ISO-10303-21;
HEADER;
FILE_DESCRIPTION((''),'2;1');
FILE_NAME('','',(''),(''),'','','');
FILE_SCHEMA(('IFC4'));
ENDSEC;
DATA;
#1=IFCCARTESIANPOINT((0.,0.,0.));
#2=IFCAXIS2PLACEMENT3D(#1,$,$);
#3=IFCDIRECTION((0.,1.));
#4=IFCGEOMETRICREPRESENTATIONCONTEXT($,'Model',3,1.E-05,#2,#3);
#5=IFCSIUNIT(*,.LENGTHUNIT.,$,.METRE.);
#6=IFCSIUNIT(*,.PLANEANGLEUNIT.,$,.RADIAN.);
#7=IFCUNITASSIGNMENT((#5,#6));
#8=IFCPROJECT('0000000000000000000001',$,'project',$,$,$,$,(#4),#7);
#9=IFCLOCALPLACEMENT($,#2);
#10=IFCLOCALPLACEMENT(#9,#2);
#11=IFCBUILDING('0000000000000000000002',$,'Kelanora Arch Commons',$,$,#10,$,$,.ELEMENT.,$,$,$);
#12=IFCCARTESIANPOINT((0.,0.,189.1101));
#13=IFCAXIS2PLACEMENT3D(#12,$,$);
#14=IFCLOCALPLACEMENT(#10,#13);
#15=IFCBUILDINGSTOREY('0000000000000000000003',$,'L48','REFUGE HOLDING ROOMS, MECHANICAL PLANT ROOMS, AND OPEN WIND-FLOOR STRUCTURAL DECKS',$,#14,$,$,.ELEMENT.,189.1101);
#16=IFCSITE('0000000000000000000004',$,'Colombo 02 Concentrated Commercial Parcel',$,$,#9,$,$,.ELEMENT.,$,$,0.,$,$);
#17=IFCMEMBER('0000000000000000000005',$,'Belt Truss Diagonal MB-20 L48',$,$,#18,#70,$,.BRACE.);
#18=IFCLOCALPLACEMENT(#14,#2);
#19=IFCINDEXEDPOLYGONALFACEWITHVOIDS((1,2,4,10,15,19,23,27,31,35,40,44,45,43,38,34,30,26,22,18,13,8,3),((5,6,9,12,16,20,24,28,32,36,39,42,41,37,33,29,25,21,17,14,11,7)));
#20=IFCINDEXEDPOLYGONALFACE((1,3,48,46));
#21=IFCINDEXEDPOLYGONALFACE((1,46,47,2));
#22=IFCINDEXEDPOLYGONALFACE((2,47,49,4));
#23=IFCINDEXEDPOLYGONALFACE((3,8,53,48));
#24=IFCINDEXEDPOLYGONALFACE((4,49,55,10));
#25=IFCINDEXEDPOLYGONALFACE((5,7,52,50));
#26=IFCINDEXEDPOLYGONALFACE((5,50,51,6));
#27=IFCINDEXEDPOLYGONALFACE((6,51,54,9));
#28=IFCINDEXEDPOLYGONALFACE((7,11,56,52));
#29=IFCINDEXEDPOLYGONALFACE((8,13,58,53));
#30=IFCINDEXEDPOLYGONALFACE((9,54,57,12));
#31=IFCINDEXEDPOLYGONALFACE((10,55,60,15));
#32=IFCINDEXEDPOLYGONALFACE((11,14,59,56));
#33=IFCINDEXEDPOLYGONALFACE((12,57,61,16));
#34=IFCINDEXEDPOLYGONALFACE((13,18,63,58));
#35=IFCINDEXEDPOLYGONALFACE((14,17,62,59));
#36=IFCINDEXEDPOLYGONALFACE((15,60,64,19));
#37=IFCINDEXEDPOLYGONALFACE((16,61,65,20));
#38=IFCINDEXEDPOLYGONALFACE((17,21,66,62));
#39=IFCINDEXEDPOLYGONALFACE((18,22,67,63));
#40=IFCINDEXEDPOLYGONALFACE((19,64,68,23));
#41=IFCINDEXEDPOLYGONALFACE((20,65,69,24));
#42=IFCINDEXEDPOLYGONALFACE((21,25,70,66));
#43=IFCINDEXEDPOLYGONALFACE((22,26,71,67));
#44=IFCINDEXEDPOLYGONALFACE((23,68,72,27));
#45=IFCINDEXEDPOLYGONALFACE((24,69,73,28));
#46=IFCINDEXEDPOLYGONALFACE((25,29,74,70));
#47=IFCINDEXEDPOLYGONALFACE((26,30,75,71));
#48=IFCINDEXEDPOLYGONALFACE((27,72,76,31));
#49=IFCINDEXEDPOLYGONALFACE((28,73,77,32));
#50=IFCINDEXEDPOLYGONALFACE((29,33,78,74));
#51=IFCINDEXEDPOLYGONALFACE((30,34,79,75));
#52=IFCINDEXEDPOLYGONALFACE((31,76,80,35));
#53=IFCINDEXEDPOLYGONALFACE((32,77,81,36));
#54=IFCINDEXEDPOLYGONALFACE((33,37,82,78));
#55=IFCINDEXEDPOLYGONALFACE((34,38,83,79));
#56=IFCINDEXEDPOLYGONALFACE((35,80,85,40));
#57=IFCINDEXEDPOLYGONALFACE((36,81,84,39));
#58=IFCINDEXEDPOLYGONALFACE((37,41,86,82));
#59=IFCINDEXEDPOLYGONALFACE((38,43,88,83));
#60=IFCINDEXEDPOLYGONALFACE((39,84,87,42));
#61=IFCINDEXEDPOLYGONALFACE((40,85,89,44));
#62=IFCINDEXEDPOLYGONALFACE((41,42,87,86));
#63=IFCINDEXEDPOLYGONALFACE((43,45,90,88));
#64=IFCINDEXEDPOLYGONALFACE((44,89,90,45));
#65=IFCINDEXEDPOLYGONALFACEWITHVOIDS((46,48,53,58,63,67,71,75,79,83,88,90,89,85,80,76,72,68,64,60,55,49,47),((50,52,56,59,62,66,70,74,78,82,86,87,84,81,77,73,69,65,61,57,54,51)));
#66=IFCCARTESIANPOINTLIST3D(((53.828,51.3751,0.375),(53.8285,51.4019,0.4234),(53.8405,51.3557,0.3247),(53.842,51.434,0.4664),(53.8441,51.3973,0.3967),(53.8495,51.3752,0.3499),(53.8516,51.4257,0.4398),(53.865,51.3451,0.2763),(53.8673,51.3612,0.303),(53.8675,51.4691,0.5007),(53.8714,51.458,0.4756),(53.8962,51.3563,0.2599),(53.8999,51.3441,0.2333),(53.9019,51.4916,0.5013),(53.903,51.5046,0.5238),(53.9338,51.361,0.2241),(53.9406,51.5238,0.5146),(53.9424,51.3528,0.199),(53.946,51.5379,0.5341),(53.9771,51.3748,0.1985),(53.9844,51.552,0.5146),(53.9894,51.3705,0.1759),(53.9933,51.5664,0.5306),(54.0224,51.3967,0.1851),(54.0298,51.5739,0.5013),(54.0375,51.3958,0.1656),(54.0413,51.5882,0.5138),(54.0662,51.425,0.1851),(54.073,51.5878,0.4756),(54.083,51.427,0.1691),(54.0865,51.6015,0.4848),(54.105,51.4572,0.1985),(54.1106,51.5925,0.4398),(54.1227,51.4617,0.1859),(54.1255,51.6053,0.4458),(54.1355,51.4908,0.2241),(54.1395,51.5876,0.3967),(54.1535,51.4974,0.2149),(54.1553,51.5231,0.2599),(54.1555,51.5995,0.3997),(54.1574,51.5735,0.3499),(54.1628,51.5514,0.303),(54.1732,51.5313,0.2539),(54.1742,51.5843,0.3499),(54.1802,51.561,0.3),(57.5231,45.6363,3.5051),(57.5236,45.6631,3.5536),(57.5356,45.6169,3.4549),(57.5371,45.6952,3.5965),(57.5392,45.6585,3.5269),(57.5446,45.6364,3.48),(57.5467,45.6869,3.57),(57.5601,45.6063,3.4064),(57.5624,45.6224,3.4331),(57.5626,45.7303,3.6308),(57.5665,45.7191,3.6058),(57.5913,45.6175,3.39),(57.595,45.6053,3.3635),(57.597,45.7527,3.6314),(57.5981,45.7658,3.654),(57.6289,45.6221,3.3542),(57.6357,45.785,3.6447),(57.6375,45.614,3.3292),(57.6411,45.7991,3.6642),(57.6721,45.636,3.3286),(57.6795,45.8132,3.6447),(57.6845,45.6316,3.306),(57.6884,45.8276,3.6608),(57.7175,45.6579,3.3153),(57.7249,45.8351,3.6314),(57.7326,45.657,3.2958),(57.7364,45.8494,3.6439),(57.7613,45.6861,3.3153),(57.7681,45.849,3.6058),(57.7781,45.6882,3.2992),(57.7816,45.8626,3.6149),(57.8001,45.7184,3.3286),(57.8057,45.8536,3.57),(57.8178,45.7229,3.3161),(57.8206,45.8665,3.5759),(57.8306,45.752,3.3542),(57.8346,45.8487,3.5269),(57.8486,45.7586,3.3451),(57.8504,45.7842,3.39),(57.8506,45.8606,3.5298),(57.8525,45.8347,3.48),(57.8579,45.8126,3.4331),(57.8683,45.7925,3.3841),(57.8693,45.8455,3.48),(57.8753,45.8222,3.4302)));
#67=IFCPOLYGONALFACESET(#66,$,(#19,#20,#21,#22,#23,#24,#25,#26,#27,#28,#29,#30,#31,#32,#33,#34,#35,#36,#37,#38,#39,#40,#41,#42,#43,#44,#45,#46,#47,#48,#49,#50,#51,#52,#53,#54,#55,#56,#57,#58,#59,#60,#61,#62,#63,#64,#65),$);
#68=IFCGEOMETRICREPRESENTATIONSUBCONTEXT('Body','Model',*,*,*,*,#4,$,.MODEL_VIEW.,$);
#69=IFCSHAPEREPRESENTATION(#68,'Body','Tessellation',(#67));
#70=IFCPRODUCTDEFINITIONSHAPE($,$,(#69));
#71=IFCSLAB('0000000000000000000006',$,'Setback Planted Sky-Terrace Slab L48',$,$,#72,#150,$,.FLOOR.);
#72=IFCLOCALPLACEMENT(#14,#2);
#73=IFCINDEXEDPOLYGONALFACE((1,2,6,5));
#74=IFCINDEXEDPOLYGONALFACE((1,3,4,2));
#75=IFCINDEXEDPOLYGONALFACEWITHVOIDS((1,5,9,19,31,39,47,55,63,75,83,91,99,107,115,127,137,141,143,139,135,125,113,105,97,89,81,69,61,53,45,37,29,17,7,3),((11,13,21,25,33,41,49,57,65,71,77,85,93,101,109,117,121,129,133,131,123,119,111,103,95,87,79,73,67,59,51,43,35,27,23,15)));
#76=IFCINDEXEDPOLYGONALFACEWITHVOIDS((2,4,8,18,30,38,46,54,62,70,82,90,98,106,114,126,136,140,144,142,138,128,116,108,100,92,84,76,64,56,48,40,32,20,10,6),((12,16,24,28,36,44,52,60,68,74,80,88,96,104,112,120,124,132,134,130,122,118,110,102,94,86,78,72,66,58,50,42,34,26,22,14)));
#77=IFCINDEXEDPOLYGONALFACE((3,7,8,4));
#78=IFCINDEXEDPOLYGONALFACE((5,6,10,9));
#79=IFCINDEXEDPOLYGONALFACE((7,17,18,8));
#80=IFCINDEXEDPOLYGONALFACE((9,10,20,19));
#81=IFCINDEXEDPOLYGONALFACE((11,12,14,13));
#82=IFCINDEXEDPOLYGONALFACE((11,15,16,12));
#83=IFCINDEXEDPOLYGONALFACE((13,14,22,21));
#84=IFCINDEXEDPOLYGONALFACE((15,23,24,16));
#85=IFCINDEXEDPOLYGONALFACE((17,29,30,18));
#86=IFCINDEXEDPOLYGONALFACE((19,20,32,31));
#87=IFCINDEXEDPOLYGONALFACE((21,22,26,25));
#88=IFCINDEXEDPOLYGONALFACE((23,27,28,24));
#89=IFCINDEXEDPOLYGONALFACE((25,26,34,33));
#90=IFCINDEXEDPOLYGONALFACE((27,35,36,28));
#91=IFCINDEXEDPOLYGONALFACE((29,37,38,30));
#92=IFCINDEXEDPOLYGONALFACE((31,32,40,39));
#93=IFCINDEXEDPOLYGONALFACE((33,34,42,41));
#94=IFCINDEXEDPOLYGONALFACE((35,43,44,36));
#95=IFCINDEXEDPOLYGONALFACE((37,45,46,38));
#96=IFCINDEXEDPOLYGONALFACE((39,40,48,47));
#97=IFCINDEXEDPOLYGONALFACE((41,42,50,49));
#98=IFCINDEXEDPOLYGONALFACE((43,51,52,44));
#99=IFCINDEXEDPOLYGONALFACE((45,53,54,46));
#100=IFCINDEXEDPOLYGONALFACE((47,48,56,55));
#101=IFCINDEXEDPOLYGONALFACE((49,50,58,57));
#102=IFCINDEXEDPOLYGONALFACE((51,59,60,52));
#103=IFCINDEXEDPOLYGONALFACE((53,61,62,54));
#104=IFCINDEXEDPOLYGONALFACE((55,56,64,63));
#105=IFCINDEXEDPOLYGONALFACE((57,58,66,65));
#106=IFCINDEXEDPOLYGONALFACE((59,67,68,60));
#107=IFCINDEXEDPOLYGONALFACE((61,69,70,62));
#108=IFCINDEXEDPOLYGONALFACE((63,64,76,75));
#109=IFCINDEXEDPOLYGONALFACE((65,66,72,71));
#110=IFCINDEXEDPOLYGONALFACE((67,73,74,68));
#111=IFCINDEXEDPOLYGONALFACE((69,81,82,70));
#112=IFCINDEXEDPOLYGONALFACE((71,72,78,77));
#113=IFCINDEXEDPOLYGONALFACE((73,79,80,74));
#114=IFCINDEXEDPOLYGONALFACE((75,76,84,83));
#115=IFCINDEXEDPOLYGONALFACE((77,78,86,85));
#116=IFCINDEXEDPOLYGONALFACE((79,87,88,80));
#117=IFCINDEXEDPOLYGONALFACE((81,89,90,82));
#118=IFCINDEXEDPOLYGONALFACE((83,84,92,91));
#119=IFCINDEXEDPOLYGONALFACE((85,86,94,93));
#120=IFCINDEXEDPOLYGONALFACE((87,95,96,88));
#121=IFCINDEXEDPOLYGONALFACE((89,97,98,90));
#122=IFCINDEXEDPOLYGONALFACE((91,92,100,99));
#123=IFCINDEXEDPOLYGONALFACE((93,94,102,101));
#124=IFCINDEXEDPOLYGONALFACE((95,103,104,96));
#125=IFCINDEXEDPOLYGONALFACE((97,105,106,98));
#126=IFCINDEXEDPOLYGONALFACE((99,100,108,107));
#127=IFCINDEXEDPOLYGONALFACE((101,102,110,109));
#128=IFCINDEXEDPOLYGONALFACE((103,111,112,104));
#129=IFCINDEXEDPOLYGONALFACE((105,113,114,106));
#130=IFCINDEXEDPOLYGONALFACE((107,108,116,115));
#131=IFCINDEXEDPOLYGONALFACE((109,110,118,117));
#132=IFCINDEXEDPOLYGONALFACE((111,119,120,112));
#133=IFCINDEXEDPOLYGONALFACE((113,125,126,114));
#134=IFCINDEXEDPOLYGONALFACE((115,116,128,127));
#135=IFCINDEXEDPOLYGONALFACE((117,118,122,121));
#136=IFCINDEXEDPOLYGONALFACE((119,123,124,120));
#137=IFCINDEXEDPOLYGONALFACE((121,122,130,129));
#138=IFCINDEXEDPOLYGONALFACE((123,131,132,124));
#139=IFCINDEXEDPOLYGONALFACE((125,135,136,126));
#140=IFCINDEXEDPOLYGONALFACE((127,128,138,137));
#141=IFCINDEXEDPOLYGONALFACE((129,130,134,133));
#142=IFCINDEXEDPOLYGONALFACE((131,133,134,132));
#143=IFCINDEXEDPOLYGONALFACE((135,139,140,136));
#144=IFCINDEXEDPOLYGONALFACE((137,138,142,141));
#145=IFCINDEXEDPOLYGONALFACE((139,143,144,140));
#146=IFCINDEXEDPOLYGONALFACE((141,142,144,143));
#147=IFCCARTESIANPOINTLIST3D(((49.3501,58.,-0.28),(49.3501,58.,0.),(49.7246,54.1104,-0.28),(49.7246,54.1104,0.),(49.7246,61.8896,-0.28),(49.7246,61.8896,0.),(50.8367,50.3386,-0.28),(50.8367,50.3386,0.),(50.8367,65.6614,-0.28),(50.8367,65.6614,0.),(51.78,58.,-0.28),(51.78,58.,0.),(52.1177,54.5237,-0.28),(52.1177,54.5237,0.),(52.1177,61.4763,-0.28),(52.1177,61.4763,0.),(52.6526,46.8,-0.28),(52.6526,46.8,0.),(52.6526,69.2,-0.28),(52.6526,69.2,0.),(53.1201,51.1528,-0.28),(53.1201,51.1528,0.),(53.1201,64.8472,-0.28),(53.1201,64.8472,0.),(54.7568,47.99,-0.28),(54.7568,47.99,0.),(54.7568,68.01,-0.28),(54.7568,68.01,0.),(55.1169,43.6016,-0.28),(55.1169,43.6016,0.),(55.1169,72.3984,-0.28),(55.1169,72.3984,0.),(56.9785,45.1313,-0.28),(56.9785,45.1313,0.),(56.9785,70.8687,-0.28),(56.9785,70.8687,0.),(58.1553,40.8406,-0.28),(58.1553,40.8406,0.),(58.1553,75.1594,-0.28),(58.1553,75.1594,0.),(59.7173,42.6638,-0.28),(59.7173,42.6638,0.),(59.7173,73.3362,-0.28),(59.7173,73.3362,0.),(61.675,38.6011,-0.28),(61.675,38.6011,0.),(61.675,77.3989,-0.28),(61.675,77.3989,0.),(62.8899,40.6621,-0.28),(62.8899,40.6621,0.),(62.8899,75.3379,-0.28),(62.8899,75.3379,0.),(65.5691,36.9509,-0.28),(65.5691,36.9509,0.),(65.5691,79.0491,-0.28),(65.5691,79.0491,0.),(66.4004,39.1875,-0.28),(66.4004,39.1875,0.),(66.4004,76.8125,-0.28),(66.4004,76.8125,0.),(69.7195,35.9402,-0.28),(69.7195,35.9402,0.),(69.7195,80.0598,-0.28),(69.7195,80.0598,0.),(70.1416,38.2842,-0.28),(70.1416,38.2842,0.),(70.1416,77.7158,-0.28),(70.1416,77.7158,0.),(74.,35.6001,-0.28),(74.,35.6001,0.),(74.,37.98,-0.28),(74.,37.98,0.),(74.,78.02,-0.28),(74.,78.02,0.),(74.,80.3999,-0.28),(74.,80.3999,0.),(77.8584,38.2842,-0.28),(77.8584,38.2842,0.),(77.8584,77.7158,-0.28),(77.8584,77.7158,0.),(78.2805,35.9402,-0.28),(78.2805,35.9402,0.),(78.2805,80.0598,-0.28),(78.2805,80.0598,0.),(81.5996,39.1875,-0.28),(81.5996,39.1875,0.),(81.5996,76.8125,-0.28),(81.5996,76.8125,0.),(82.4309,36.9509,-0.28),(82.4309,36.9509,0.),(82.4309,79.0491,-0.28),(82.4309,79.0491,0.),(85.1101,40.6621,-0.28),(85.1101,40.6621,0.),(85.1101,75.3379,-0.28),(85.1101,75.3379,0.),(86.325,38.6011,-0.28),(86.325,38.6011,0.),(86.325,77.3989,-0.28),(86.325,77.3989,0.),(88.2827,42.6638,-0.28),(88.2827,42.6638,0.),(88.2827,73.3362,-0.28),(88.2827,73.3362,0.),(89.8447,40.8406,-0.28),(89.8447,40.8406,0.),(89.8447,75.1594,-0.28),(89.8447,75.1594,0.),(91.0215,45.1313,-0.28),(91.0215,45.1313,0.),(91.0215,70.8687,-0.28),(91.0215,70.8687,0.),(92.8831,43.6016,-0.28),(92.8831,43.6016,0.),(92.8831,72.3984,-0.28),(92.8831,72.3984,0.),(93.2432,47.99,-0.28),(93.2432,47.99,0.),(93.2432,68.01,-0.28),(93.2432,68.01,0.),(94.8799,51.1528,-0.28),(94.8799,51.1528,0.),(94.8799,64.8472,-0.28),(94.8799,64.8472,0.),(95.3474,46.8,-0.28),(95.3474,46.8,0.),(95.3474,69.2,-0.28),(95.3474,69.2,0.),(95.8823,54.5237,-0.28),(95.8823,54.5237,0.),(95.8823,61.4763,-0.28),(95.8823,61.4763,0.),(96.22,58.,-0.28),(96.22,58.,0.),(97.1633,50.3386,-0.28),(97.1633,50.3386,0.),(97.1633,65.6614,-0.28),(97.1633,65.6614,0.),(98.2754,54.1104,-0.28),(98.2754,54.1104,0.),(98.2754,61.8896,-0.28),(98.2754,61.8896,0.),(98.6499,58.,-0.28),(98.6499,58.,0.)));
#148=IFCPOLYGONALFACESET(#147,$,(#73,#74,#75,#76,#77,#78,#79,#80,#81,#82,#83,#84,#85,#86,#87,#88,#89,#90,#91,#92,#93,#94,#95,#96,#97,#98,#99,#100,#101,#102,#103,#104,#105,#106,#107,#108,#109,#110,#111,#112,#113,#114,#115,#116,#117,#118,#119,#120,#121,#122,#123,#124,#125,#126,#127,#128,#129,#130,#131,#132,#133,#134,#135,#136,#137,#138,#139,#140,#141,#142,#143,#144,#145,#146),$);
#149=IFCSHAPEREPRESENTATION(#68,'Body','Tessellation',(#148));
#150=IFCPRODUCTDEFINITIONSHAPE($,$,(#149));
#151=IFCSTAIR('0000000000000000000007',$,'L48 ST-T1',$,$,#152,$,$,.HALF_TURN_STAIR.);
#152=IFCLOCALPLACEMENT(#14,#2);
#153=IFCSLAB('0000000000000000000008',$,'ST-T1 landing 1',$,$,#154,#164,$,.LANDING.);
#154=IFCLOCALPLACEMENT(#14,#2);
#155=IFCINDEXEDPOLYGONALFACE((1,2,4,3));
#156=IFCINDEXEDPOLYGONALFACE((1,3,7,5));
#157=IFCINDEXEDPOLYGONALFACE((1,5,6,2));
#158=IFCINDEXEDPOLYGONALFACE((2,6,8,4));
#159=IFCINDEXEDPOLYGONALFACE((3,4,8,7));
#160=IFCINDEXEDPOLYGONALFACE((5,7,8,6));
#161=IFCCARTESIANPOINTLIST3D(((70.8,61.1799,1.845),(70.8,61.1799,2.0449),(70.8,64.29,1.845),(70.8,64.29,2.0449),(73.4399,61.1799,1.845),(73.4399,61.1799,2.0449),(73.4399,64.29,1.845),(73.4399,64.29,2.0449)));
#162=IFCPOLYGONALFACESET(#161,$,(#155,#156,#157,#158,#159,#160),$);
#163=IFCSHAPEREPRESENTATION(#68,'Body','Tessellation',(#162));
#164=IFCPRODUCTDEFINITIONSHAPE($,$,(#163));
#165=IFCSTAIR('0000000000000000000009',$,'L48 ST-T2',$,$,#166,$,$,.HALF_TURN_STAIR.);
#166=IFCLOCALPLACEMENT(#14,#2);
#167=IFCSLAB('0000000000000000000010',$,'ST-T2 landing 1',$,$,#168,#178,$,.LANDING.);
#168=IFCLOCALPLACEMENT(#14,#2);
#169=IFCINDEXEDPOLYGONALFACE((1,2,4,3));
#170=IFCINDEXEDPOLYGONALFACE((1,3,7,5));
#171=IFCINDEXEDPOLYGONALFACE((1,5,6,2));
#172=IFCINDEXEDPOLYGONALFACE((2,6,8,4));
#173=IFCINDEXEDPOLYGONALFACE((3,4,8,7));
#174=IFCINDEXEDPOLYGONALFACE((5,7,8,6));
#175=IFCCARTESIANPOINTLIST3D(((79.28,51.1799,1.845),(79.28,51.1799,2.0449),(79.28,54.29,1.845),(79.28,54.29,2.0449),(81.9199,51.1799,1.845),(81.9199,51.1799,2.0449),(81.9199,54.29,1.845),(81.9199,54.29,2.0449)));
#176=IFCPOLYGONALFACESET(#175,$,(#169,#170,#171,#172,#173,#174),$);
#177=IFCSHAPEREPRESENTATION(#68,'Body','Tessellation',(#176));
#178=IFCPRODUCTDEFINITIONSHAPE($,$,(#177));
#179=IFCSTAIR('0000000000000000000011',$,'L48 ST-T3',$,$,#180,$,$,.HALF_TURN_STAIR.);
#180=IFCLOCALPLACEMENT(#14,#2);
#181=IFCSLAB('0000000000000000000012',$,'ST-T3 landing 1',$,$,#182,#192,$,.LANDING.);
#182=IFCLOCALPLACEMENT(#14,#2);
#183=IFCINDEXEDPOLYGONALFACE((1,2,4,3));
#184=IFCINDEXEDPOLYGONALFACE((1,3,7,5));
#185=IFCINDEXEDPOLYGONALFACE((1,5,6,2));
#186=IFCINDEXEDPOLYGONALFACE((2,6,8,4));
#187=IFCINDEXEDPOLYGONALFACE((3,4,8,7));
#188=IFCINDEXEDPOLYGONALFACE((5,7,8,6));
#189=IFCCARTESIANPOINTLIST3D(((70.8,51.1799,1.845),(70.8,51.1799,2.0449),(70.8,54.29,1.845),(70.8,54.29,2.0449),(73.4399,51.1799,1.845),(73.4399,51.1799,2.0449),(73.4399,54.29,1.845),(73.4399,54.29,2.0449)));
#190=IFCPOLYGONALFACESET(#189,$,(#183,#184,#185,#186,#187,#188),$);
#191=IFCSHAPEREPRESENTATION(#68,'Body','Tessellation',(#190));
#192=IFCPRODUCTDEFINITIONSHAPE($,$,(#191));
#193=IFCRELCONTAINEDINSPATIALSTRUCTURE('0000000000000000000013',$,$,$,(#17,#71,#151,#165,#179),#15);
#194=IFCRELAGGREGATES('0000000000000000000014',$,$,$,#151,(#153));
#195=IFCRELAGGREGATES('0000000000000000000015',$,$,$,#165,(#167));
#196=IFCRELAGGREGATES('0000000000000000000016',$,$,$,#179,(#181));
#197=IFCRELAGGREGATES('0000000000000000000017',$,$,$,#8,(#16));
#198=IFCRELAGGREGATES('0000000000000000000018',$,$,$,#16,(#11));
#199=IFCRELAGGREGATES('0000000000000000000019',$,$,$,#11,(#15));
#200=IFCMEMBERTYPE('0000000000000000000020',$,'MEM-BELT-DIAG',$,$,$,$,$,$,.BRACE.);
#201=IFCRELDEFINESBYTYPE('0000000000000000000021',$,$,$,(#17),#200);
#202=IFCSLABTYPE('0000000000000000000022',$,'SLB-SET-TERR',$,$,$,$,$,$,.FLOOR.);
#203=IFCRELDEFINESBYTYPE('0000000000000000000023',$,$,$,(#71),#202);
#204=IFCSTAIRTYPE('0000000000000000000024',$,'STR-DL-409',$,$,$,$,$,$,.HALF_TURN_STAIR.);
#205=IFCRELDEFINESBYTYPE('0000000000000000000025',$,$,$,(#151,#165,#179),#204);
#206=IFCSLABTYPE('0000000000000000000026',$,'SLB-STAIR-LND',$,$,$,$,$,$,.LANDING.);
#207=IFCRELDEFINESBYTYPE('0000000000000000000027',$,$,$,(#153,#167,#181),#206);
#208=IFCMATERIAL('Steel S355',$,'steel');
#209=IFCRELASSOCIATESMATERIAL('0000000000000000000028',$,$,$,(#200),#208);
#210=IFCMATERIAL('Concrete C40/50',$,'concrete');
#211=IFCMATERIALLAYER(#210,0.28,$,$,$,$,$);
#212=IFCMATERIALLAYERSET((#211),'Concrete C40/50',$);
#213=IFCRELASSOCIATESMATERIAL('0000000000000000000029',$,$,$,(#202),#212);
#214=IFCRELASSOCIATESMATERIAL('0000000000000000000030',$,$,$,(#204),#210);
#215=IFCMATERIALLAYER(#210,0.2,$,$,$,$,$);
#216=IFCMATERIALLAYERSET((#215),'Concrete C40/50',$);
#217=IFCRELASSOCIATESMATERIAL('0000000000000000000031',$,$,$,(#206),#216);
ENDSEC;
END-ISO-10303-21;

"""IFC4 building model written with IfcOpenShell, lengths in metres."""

from ifc_helpers import new_model, si_unit, direction, frame, origin, origin_2d, place, context, subcontext, project, spatial, polyline, hollow_circle, outline, extrude, material, layer, layer_set, material_profile, profile_set, type_object, element, aggregate, save


model = new_model("IFC4")

# Units and contexts
model_context = context("Model", 3, precision=1e-05, world=origin(), true_north=direction((0.0, 1.0)))
body_context = subcontext(model_context, "Body", "Model", "MODEL_VIEW")
ifc_project = project(units=[si_unit("LENGTHUNIT", "METRE"), si_unit("PLANEANGLEUNIT", "RADIAN")], contexts=[model_context])

# Site, building, storey
site_placement = place(None, origin())
site = spatial("IfcSite", under=ifc_project, at=site_placement, Name="Colombo 02 Concentrated Commercial Parcel", CompositionType="ELEMENT", RefElevation=0.0)
building_placement = place(site_placement, origin())
building = spatial("IfcBuilding", under=site, at=building_placement, Name="Kelanora Arch Commons", CompositionType="ELEMENT")
storey_placement = place(building_placement, frame((0.0, 0.0, 189.1101)))
storey = spatial("IfcBuildingStorey", under=building, at=storey_placement, Name="L48", Description="REFUGE HOLDING ROOMS, MECHANICAL PLANT ROOMS, AND OPEN WIND-FLOOR STRUCTURAL DECKS", CompositionType="ELEMENT", Elevation=189.1101)

# Shared definitions
ifc_material_1 = material(Name="Steel S355", Category="steel")

# Member
ifc_material_profile_1 = material_profile(ifc_material_1, hollow_circle(Radius=0.2031, WallThickness=0.02, at=origin_2d()), Name="CHS406.4x20")
ifc_profile_set_1 = profile_set([ifc_material_profile_1], Name="Steel S355")
member_type = type_object("IfcMemberType", Name="MEM-BELT-DIAG", PredefinedType="BRACE", material=ifc_profile_set_1)
member_placement = place(storey_placement, frame((54.0034, 51.4744, 0.3499), z_axis=(0.492087, -0.764255, 0.416851), x_axis=(0.840788, 0.541365, 0.0)))
element("IfcMember", 1, at=member_placement, inside=storey, type_object=member_type, Name="Belt Truss Diagonal MB-20 L48", PredefinedType="BRACE", context=body_context, shape_type="SweptSolid", body=[
    extrude(hollow_circle(Radius=0.2031, WallThickness=0.02, at=origin_2d()), origin(), (0.0, 0.0, 1.0), 7.509),
])

# Slab
ifc_material_2 = material(Name="Concrete C40/50", Category="concrete")
ifc_layer_1 = layer(ifc_material_2, 0.28)
ifc_layer_set_1 = layer_set([ifc_layer_1], Name="Concrete C40/50")
slab_type_1 = type_object("IfcSlabType", Name="SLB-SET-TERR", PredefinedType="FLOOR", material=ifc_layer_set_1)
slab_1_placement = place(storey_placement, frame((0.0, 0.0, -0.28)))
element("IfcSlab", 2, at=slab_1_placement, inside=storey, type_object=slab_type_1, Name="Setback Planted Sky-Terrace Slab L48", PredefinedType="FLOOR", context=body_context, shape_type="SweptSolid", body=[
    extrude(outline(polyline([(98.6499, 58.0), (98.2754, 61.8896), (97.1633, 65.6614), (95.3474, 69.2), (92.8831, 72.3984), (89.8447, 75.1594), (86.325, 77.3989), (82.4309, 79.0491), (78.2805, 80.0598), (74.0, 80.3999), (69.7195, 80.0598), (65.5691, 79.0491), (61.675, 77.3989), (58.1553, 75.1594), (55.1169, 72.3984), (52.6526, 69.2), (50.8367, 65.6614), (49.7246, 61.8896), (49.3501, 58.0), (49.7246, 54.1104), (50.8367, 50.3386), (52.6526, 46.8), (55.1169, 43.6016), (58.1553, 40.8406), (61.675, 38.6011), (65.5691, 36.9509), (69.7195, 35.9402), (74.0, 35.6001), (78.2805, 35.9402), (82.4309, 36.9509), (86.325, 38.6011), (89.8447, 40.8406), (92.8831, 43.6016), (95.3474, 46.8), (97.1633, 50.3386), (98.2754, 54.1104), (98.6499, 58.0)]), holes=[polyline([(95.8823, 54.5237), (94.8799, 51.1528), (93.2432, 47.99), (91.0215, 45.1313), (88.2827, 42.6638), (85.1101, 40.6621), (81.5996, 39.1875), (77.8584, 38.2842), (74.0, 37.98), (70.1416, 38.2842), (66.4004, 39.1875), (62.8899, 40.6621), (59.7173, 42.6638), (56.9785, 45.1313), (54.7568, 47.99), (53.1201, 51.1528), (52.1177, 54.5237), (51.78, 58.0), (52.1177, 61.4763), (53.1201, 64.8472), (54.7568, 68.01), (56.9785, 70.8687), (59.7173, 73.3362), (62.8899, 75.3379), (66.4004, 76.8125), (70.1416, 77.7158), (74.0, 78.02), (77.8584, 77.7158), (81.5996, 76.8125), (85.1101, 75.3379), (88.2827, 73.3362), (91.0215, 70.8687), (93.2432, 68.01), (94.8799, 64.8472), (95.8823, 61.4763), (96.22, 58.0), (95.8823, 54.5237)])]), origin(), (0.0, 0.0, 1.0), 0.28),
])

# Stairs, slabs
stair_type = type_object("IfcStairType", Name="STR-DL-409", PredefinedType="HALF_TURN_STAIR", material=ifc_material_2)
stair_1_placement = place(storey_placement, origin())
stair_1 = element("IfcStair", 3, at=stair_1_placement, inside=storey, type_object=stair_type, Name="L48 ST-T1", PredefinedType="HALF_TURN_STAIR")
ifc_layer_2 = layer(ifc_material_2, 0.2)
ifc_layer_set_2 = layer_set([ifc_layer_2], Name="Concrete C40/50")
slab_type_2 = type_object("IfcSlabType", Name="SLB-STAIR-LND", PredefinedType="LANDING", material=ifc_layer_set_2)
slab_2_placement = place(storey_placement, frame((0.0, 0.0, 1.845)))
slab_2 = element("IfcSlab", 4, at=slab_2_placement, type_object=slab_type_2, Name="ST-T1 landing 1", PredefinedType="LANDING", context=body_context, shape_type="SweptSolid", body=[
    extrude(outline(polyline([(70.8, 61.1799), (73.4399, 61.1799), (73.4399, 64.29), (70.8, 64.29), (70.8, 61.1799)])), origin(), (0.0, 0.0, 1.0), 0.2),
])
aggregate(stair_1, [slab_2])
stair_2_placement = place(storey_placement, origin())
stair_2 = element("IfcStair", 5, at=stair_2_placement, inside=storey, type_object=stair_type, Name="L48 ST-T2", PredefinedType="HALF_TURN_STAIR")
slab_3_placement = place(storey_placement, frame((0.0, 0.0, 1.845)))
slab_3 = element("IfcSlab", 6, at=slab_3_placement, type_object=slab_type_2, Name="ST-T2 landing 1", PredefinedType="LANDING", context=body_context, shape_type="SweptSolid", body=[
    extrude(outline(polyline([(79.28, 51.1799), (81.9199, 51.1799), (81.9199, 54.29), (79.28, 54.29), (79.28, 51.1799)])), origin(), (0.0, 0.0, 1.0), 0.2),
])
aggregate(stair_2, [slab_3])
stair_3_placement = place(storey_placement, origin())
stair_3 = element("IfcStair", 7, at=stair_3_placement, inside=storey, type_object=stair_type, Name="L48 ST-T3", PredefinedType="HALF_TURN_STAIR")
slab_4_placement = place(storey_placement, frame((0.0, 0.0, 1.845)))
slab_4 = element("IfcSlab", 8, at=slab_4_placement, type_object=slab_type_2, Name="ST-T3 landing 1", PredefinedType="LANDING", context=body_context, shape_type="SweptSolid", body=[
    extrude(outline(polyline([(70.8, 51.1799), (73.4399, 51.1799), (73.4399, 54.29), (70.8, 54.29), (70.8, 51.1799)])), origin(), (0.0, 0.0, 1.0), 0.2),
])
aggregate(stair_3, [slab_4])

save(model, "model.ifc")
